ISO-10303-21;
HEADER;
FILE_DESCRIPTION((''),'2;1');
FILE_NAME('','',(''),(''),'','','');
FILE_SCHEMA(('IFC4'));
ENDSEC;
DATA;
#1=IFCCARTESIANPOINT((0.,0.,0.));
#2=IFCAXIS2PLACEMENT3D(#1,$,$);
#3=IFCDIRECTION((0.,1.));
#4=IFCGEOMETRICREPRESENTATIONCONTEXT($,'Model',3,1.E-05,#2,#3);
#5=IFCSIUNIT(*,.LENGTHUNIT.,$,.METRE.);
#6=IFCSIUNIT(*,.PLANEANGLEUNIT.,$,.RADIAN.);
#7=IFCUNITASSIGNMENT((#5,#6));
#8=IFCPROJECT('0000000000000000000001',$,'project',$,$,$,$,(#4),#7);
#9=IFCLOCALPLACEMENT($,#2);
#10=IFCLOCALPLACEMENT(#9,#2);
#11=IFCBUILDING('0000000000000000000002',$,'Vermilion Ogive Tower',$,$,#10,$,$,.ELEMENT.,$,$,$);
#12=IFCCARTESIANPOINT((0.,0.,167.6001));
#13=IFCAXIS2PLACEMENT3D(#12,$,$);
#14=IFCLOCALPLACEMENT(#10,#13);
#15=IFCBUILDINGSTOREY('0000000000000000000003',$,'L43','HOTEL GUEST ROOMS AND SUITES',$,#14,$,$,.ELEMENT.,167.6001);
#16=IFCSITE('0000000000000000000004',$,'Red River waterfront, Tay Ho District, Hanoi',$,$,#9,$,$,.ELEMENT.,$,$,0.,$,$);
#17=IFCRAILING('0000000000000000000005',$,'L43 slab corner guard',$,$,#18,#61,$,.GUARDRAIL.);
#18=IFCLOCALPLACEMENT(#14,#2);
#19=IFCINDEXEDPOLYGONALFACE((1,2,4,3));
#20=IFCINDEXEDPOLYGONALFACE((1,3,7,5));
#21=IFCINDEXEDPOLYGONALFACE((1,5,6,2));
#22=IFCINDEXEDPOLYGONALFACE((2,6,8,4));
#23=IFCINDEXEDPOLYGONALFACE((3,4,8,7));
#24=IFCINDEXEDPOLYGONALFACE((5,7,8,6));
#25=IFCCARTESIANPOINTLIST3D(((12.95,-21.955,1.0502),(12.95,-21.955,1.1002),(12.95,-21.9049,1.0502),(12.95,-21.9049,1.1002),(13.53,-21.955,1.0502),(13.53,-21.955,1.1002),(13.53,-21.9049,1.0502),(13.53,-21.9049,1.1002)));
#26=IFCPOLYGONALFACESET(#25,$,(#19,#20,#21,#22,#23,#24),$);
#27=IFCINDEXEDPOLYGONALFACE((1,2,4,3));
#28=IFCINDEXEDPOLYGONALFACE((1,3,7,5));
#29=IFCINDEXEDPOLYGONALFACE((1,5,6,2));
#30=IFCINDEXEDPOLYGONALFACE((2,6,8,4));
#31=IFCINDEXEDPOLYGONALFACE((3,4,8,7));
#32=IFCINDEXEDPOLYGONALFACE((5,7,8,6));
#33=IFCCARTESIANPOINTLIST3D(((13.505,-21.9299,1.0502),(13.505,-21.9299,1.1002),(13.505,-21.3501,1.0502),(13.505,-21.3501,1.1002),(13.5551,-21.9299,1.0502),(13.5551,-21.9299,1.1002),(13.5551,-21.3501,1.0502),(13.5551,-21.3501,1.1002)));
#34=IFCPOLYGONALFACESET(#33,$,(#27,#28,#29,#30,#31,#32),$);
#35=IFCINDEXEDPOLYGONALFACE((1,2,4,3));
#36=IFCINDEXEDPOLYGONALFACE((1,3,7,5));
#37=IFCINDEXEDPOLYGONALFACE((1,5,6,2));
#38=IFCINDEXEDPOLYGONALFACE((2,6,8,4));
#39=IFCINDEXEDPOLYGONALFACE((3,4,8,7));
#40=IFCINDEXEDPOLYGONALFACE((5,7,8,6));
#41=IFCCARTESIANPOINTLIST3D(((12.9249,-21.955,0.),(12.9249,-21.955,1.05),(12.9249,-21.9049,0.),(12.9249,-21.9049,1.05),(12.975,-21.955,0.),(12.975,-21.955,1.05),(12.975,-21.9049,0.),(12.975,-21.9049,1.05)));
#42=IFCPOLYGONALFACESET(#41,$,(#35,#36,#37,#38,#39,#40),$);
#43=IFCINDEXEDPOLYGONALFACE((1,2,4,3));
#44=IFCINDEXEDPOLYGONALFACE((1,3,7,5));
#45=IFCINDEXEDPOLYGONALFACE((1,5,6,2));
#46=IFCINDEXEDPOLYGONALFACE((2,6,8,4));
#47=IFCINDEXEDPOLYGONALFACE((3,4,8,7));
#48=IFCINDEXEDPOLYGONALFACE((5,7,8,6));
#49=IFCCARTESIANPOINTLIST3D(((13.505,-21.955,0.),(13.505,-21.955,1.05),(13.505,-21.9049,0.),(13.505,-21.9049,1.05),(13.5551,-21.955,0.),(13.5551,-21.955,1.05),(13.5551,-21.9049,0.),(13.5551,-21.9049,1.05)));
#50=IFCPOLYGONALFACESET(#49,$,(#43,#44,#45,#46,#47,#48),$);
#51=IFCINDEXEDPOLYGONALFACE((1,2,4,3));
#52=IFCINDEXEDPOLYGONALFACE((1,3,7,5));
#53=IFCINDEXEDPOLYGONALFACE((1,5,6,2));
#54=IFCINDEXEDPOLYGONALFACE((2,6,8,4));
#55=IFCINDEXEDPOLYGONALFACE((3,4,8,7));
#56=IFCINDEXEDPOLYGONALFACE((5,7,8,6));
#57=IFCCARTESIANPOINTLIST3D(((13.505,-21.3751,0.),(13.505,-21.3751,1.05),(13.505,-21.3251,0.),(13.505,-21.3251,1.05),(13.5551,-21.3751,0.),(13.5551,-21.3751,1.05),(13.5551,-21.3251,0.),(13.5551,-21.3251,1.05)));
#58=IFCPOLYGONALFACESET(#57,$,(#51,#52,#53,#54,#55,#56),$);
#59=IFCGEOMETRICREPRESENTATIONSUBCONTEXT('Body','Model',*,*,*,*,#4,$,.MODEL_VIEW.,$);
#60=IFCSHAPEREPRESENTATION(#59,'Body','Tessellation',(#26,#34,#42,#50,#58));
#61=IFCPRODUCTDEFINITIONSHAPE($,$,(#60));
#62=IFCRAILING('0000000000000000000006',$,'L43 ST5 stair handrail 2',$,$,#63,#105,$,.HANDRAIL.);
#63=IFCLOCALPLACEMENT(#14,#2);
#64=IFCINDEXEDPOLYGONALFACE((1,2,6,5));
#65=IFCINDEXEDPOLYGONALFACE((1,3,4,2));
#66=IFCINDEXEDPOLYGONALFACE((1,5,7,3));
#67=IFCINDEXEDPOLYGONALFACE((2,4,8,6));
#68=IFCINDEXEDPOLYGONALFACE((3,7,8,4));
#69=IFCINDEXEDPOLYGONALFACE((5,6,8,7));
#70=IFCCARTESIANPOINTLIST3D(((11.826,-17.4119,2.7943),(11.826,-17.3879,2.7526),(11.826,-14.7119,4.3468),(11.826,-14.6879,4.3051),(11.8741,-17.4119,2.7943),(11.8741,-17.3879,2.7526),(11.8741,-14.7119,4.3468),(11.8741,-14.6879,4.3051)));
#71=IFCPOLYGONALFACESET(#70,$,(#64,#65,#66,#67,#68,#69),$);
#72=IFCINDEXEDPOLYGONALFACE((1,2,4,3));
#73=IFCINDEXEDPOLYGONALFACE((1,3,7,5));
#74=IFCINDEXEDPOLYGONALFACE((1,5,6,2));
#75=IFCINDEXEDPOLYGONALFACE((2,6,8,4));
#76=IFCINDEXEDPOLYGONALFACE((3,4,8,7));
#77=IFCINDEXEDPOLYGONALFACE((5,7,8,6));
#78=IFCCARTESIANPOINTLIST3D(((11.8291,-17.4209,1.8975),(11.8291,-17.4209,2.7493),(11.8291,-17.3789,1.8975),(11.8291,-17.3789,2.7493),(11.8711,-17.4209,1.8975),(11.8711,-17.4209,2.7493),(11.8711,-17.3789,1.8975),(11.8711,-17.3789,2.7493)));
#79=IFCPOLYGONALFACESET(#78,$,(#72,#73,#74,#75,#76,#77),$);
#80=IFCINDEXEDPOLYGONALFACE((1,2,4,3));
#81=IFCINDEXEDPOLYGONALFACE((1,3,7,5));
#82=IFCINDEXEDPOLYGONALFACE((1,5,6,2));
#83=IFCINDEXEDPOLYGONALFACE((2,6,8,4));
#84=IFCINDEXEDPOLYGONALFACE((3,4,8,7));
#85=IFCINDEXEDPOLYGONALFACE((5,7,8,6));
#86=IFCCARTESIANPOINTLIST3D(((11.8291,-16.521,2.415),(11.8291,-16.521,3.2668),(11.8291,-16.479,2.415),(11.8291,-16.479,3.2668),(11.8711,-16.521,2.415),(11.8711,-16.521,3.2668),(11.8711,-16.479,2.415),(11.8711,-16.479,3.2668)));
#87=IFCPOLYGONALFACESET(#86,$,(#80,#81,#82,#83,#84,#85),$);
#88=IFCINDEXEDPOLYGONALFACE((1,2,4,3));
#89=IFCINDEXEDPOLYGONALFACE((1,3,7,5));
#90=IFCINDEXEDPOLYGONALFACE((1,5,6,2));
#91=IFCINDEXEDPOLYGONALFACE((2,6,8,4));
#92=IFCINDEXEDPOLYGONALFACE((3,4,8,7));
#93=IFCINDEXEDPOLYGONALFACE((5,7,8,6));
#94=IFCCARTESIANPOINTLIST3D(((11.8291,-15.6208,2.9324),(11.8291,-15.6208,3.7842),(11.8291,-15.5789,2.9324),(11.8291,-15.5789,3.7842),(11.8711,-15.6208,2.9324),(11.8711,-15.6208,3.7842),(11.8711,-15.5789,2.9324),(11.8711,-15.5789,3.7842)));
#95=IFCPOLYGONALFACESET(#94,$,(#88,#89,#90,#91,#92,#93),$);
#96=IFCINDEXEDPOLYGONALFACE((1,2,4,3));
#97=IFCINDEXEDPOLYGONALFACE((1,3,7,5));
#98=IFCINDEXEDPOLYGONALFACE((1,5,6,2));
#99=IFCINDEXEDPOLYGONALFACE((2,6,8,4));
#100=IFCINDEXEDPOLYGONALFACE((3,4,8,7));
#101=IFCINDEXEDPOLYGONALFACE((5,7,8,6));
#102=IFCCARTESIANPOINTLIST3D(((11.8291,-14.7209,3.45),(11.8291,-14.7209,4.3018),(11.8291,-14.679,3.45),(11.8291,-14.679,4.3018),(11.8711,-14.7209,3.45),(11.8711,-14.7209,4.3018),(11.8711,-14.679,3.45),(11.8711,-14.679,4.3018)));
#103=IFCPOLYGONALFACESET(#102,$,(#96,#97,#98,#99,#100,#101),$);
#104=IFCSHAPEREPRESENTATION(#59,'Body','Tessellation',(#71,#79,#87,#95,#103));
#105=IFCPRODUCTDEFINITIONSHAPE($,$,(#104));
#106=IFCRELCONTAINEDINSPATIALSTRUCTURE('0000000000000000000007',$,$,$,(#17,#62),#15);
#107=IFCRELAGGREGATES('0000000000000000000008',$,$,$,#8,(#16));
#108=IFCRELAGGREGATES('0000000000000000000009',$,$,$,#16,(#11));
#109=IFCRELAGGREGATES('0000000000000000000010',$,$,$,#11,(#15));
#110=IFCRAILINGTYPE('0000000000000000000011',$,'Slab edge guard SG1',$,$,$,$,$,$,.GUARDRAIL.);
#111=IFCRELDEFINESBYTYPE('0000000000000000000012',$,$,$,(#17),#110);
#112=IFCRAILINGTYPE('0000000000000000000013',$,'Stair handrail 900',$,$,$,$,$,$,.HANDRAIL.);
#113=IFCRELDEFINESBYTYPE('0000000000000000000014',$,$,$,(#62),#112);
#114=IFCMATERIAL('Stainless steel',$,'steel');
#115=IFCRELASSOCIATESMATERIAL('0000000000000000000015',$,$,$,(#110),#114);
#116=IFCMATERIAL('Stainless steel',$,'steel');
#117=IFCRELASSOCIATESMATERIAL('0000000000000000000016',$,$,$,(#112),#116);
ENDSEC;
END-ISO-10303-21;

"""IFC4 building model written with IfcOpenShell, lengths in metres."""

from ifc_helpers import new_model, si_unit, direction, frame, origin, origin_2d, place, context, subcontext, project, spatial, rectangle, extrude, material, type_object, element, save


model = new_model("IFC4")

# Units and contexts
model_context = context("Model", 3, precision=1e-05, world=origin(), true_north=direction((0.0, 1.0)))
body_context = subcontext(model_context, "Body", "Model", "MODEL_VIEW")
ifc_project = project(units=[si_unit("LENGTHUNIT", "METRE"), si_unit("PLANEANGLEUNIT", "RADIAN")], contexts=[model_context])

# Site, building, storey
site_placement = place(None, origin())
site = spatial("IfcSite", under=ifc_project, at=site_placement, Name="Red River waterfront, Tay Ho District, Hanoi", CompositionType="ELEMENT", RefElevation=0.0)
building_placement = place(site_placement, origin())
building = spatial("IfcBuilding", under=site, at=building_placement, Name="Vermilion Ogive Tower", CompositionType="ELEMENT")
storey_placement = place(building_placement, frame((0.0, 0.0, 167.6001)))
storey = spatial("IfcBuildingStorey", under=building, at=storey_placement, Name="L43", Description="HOTEL GUEST ROOMS AND SUITES", CompositionType="ELEMENT", Elevation=167.6001)

# Railings
ifc_material_1 = material(Name="Stainless steel", Category="steel")
railing_type_1 = type_object("IfcRailingType", Name="Slab edge guard SG1", PredefinedType="GUARDRAIL", material=ifc_material_1)
railing_1_placement = place(storey_placement, frame((12.95, -21.9299, 0.0)))
element("IfcRailing", 1, at=railing_1_placement, inside=storey, type_object=railing_type_1, Name="L43 slab corner guard", PredefinedType="GUARDRAIL", context=body_context, shape_type="SweptSolid", body=[
    extrude(rectangle(XDim=0.05, YDim=0.05, at=origin_2d()), frame((0.0, 0.0, 1.0752), z_axis=(1.0, 0.0, 0.0), x_axis=(0.0, 1.0, 0.0)), (0.0, 0.0, 1.0), 0.5801),
    extrude(rectangle(XDim=0.05, YDim=0.05, at=origin_2d()), frame((0.5801, 0.0, 1.0752), z_axis=(0.0, 1.0, 0.0), x_axis=(-1.0, 0.0, 0.0)), (0.0, 0.0, 1.0), 0.5798),
    extrude(rectangle(XDim=0.05, YDim=0.05, at=origin_2d()), origin(), (0.0, 0.0, 1.0), 1.05),
    extrude(rectangle(XDim=0.05, YDim=0.05, at=origin_2d()), frame((0.5801, 0.0, 0.0)), (0.0, 0.0, 1.0), 1.05),
    extrude(rectangle(XDim=0.05, YDim=0.05, at=origin_2d()), frame((0.5801, 0.5798, 0.0)), (0.0, 0.0, 1.0), 1.05),
])
ifc_material_2 = material(Name="Stainless steel", Category="steel")
railing_type_2 = type_object("IfcRailingType", Name="Stair handrail 900", PredefinedType="HANDRAIL", material=ifc_material_2)
railing_2_placement = place(storey_placement, frame((11.8501, -17.3999, 1.8975)))
element("IfcRailing", 2, at=railing_2_placement, inside=storey, type_object=railing_type_2, Name="L43 ST5 stair handrail 2", PredefinedType="HANDRAIL", context=body_context, shape_type="SweptSolid", body=[
    extrude(rectangle(XDim=0.0481, YDim=0.0481, at=origin_2d()), frame((0.0, 0.0, 0.876), z_axis=(0.0, 0.866904, 0.498476), x_axis=(-1.0, 0.0, 0.0)), (0.0, 0.0, 1.0), 3.1145),
    extrude(rectangle(XDim=0.042, YDim=0.042, at=origin_2d()), origin(), (0.0, 0.0, 1.0), 0.8518),
    extrude(rectangle(XDim=0.042, YDim=0.042, at=origin_2d()), frame((0.0, 0.8999, 0.5176)), (0.0, 0.0, 1.0), 0.8518),
    extrude(rectangle(XDim=0.042, YDim=0.042, at=origin_2d()), frame((0.0, 1.8, 1.0349)), (0.0, 0.0, 1.0), 0.8518),
    extrude(rectangle(XDim=0.042, YDim=0.042, at=origin_2d()), frame((0.0, 2.7, 1.5525)), (0.0, 0.0, 1.0), 0.8518),
])

save(model, "model.ifc")
